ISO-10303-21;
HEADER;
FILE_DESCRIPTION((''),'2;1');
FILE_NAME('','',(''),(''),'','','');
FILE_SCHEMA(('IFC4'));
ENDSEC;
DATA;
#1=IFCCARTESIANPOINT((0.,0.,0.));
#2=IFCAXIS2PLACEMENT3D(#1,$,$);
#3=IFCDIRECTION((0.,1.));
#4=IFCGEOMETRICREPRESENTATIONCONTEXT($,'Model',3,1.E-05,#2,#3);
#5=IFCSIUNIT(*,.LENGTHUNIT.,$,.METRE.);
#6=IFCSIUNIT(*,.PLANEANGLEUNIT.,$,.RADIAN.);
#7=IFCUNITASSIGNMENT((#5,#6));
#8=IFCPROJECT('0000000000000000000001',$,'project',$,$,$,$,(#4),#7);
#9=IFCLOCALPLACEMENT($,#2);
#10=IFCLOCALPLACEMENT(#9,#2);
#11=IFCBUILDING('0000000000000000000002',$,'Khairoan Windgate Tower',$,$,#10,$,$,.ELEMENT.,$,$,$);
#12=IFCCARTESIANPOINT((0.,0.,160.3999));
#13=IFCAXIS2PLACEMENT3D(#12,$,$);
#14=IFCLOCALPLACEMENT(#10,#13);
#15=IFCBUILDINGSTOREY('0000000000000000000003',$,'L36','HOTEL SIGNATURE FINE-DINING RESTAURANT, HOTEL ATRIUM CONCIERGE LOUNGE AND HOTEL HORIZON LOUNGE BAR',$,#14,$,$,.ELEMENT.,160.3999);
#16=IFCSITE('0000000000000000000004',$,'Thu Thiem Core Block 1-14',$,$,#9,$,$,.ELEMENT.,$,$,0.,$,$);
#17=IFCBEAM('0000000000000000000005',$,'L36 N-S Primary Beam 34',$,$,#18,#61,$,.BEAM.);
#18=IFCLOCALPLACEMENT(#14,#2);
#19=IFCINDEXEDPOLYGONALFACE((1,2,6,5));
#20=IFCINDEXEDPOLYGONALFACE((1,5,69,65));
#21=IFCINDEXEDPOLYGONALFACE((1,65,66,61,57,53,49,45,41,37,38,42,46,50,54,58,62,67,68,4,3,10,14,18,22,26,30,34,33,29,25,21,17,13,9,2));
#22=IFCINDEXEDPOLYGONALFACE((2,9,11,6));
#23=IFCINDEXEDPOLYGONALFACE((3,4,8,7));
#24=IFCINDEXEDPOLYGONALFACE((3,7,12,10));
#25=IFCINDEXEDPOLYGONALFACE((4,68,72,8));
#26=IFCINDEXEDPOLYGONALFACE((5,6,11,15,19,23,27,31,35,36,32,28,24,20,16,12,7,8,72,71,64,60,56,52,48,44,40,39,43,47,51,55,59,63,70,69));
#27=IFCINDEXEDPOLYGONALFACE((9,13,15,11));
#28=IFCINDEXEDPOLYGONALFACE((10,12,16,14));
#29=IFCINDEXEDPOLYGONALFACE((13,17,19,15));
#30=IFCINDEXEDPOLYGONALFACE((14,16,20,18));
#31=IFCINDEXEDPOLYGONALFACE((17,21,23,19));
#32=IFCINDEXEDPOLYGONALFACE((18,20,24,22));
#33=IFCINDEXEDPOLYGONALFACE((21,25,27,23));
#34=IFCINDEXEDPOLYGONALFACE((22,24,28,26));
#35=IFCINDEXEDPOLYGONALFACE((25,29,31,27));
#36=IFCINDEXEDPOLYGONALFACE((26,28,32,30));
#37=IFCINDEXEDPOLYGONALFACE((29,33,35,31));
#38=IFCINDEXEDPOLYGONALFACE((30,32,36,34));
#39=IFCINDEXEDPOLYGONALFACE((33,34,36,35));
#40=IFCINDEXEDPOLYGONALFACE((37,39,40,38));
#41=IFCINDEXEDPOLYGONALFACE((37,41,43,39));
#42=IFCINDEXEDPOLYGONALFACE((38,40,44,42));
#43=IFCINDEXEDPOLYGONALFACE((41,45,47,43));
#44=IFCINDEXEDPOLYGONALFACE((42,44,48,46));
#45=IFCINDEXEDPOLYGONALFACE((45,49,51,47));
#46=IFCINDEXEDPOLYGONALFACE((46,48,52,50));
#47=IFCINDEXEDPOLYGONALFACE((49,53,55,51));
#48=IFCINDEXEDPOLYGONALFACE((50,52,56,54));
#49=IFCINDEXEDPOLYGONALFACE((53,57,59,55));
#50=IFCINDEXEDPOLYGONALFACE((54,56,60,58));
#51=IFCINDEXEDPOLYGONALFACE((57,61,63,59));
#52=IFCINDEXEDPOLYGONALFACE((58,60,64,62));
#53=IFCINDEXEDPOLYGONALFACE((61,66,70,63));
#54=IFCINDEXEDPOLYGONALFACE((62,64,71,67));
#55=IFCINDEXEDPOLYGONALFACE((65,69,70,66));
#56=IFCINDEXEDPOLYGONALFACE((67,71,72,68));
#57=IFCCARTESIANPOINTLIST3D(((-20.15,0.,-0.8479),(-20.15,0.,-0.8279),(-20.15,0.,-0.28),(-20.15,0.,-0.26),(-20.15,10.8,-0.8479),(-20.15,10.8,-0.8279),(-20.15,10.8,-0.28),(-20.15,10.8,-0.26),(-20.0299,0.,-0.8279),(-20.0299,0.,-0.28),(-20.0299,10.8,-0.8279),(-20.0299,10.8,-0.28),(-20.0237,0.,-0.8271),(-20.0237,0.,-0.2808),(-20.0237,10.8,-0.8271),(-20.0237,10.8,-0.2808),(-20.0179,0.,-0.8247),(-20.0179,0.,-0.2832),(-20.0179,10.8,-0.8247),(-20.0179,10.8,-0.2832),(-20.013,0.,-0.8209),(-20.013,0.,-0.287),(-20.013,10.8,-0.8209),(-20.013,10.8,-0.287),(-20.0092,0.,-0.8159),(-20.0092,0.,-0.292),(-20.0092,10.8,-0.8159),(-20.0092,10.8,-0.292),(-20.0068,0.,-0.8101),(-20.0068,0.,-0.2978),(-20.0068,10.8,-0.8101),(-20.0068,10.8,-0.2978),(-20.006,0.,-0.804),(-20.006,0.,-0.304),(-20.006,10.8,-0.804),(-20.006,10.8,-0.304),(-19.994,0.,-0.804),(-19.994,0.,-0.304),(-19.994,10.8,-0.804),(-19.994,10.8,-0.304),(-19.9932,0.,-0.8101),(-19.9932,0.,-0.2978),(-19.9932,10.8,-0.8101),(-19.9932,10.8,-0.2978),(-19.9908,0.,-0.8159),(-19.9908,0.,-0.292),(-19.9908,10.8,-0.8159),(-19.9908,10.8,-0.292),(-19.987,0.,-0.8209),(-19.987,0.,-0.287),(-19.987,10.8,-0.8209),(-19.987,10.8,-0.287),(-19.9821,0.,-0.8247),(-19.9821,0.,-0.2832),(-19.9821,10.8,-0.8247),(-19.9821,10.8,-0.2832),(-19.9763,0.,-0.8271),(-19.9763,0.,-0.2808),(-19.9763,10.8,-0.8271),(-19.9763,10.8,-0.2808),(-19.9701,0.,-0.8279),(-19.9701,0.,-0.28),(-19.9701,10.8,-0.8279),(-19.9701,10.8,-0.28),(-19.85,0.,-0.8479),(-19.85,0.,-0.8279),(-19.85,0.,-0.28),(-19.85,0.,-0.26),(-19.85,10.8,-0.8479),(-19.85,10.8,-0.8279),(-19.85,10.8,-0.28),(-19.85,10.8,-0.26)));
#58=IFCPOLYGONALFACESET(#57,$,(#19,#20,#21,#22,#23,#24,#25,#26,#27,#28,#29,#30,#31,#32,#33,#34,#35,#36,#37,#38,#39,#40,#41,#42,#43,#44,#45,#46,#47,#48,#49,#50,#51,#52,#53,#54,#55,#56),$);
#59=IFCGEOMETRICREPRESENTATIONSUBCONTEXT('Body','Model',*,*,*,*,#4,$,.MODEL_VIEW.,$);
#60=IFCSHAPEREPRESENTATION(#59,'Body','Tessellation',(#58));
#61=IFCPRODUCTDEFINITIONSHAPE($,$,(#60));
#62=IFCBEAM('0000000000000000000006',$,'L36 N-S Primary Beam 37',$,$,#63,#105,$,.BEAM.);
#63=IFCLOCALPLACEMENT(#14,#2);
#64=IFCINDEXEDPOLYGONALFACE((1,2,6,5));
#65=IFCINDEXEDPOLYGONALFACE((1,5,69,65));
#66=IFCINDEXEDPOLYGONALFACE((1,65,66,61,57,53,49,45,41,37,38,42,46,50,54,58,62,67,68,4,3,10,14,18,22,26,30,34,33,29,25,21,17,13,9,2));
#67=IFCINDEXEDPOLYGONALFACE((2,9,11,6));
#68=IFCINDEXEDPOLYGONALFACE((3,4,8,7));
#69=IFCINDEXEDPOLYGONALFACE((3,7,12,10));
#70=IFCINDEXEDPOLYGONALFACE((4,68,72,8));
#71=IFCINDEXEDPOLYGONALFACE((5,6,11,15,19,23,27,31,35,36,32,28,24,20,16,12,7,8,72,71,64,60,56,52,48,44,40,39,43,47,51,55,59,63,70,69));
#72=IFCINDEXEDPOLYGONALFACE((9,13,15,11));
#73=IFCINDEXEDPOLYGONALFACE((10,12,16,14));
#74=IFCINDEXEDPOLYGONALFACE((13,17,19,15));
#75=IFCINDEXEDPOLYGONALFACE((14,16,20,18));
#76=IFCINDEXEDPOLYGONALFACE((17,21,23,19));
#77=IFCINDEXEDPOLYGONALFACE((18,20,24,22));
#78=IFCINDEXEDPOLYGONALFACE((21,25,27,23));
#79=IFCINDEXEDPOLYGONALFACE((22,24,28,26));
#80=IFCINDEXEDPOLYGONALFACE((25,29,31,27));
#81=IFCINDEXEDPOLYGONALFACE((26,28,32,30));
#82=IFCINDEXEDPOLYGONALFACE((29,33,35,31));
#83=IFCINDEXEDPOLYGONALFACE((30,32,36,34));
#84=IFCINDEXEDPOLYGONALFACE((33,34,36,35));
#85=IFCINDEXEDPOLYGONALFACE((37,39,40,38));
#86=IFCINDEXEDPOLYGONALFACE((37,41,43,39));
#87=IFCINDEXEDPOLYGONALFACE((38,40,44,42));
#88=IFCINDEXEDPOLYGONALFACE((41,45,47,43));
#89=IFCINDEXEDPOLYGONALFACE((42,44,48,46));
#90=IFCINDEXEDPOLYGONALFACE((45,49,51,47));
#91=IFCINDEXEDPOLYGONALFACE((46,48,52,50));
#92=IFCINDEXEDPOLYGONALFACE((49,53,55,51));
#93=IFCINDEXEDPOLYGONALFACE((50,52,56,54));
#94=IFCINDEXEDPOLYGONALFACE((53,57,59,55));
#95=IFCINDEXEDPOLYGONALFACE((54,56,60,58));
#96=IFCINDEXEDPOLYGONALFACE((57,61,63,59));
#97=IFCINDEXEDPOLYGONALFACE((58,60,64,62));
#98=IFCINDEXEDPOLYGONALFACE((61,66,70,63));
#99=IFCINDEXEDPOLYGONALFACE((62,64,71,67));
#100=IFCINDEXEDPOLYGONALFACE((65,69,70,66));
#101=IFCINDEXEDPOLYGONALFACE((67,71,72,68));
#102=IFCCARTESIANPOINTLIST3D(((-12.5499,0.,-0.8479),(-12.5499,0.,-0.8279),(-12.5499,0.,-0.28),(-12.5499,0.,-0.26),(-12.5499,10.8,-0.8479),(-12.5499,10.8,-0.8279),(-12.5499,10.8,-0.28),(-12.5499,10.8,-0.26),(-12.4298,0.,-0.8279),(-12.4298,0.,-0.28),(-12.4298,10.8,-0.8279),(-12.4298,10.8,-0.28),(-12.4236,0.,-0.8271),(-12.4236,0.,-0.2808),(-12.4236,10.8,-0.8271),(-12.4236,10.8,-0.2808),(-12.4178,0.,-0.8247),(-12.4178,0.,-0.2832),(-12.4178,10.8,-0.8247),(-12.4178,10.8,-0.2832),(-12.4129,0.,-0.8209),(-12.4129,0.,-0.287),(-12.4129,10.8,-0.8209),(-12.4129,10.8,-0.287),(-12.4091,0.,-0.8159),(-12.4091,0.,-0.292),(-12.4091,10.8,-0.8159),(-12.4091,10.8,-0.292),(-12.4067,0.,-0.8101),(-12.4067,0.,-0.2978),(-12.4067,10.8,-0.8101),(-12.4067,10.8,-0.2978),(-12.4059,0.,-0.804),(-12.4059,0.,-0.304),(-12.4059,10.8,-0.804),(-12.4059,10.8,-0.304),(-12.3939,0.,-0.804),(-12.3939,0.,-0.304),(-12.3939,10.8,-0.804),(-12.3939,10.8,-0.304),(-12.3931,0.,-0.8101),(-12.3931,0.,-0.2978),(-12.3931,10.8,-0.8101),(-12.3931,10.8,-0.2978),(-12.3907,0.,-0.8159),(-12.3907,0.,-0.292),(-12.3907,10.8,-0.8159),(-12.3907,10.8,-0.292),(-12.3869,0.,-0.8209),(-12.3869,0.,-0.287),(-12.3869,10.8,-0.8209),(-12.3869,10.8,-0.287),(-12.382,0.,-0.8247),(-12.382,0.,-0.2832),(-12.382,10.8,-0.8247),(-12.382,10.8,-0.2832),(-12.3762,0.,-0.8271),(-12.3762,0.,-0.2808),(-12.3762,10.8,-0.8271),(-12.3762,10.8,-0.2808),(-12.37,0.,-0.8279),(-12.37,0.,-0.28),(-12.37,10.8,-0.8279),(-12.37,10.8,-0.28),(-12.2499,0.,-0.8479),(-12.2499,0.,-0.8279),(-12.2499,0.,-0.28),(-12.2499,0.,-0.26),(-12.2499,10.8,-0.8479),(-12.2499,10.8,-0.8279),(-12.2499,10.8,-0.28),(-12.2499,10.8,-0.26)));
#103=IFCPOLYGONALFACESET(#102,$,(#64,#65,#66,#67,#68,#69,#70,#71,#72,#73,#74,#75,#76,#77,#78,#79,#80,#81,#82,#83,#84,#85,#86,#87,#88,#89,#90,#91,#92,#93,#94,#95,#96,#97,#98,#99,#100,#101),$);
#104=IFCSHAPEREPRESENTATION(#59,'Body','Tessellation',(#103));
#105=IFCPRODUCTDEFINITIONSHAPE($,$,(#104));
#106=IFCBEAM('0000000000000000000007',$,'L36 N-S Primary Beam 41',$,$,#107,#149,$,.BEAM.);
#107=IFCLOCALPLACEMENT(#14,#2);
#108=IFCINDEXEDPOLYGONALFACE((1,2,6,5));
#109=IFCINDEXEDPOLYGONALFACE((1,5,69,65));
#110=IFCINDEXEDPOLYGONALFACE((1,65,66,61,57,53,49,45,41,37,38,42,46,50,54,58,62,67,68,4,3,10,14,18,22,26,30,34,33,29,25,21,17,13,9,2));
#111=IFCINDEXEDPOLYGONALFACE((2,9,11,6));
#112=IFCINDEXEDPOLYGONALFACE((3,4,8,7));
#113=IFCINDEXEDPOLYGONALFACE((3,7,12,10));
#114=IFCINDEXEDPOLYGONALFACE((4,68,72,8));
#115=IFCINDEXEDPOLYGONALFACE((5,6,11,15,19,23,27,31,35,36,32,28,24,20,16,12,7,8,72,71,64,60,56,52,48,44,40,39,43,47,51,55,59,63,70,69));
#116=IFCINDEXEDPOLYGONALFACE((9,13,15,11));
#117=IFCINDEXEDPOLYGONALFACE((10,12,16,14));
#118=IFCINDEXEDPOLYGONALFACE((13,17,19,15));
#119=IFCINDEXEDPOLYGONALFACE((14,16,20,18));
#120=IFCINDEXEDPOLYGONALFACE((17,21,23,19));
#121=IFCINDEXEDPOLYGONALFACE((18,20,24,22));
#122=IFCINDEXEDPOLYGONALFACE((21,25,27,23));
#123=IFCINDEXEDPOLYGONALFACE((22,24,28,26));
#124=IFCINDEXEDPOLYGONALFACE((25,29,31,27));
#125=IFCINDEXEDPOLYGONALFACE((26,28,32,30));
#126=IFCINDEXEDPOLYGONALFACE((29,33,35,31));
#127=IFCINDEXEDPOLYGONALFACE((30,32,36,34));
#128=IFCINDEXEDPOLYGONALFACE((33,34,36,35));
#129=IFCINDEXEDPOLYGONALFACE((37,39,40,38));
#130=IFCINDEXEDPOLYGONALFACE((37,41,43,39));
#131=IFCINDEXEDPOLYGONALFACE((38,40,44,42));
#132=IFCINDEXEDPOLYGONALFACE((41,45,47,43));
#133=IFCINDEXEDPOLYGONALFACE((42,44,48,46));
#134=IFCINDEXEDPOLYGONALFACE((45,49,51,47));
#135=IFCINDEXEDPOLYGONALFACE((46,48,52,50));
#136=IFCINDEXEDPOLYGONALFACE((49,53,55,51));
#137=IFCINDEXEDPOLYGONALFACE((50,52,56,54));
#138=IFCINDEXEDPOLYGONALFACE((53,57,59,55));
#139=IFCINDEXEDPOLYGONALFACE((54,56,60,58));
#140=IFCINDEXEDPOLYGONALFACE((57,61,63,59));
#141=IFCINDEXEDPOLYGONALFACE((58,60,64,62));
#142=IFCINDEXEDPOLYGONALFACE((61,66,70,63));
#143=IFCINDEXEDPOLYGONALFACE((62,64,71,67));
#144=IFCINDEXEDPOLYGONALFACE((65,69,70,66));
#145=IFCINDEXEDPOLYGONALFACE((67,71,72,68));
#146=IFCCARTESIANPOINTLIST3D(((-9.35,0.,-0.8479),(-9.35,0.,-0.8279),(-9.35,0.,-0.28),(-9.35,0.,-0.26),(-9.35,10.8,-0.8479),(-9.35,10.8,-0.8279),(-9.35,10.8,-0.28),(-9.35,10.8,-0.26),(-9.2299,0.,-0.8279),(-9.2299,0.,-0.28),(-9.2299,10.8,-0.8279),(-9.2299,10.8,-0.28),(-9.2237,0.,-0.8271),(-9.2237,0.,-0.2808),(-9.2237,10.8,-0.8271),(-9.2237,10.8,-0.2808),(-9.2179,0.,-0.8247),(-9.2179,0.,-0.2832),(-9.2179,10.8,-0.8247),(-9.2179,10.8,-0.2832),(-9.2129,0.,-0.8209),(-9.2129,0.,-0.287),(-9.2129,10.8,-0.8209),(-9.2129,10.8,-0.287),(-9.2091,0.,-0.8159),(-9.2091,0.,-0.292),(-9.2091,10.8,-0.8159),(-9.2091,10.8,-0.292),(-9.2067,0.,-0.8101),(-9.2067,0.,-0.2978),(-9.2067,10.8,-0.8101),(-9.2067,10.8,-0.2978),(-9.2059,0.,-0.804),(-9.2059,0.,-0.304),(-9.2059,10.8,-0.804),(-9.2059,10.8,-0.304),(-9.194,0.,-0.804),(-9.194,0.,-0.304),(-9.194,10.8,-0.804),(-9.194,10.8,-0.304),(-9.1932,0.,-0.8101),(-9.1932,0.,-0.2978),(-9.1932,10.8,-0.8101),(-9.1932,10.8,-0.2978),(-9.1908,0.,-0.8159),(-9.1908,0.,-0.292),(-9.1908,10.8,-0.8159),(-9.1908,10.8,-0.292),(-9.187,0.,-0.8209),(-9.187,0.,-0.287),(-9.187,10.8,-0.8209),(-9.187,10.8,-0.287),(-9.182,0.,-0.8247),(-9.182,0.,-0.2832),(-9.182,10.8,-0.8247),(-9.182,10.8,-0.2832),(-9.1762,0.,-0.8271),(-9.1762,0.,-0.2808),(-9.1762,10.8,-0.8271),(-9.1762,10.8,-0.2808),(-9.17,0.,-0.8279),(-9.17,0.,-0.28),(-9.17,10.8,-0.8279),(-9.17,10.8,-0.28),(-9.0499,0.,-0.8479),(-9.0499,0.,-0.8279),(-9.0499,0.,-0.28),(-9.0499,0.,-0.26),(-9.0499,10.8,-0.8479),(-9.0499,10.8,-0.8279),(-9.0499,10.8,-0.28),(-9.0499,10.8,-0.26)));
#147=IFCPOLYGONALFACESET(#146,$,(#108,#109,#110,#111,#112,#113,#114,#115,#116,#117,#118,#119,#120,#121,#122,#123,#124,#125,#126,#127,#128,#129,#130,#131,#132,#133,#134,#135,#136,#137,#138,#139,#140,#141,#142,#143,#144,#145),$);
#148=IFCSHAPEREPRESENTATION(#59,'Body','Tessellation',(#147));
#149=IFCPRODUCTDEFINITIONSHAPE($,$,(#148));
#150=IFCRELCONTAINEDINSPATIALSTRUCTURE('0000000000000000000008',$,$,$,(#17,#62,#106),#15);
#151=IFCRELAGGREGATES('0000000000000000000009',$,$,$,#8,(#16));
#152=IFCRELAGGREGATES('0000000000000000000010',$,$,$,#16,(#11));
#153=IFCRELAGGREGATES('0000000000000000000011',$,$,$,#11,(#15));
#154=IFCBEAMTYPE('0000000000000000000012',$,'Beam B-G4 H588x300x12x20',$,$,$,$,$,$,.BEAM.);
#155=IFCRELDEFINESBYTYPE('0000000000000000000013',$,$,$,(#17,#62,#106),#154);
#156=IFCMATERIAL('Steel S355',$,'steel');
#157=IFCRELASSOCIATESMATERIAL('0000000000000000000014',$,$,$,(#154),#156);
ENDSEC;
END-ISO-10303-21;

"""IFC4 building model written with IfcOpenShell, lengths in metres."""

from ifc_helpers import new_model, si_unit, direction, frame, origin, origin_2d, place, context, subcontext, project, spatial, i_section, extrude, material, material_profile, profile_set, type_object, element, save


model = new_model("IFC4")

# Units and contexts
model_context = context("Model", 3, precision=1e-05, world=origin(), true_north=direction((0.0, 1.0)))
body_context = subcontext(model_context, "Body", "Model", "MODEL_VIEW")
ifc_project = project(units=[si_unit("LENGTHUNIT", "METRE"), si_unit("PLANEANGLEUNIT", "RADIAN")], contexts=[model_context])

# Site, building, storey
site_placement = place(None, origin())
site = spatial("IfcSite", under=ifc_project, at=site_placement, Name="Thu Thiem Core Block 1-14", CompositionType="ELEMENT", RefElevation=0.0)
building_placement = place(site_placement, origin())
building = spatial("IfcBuilding", under=site, at=building_placement, Name="Khairoan Windgate Tower", CompositionType="ELEMENT")
storey_placement = place(building_placement, frame((0.0, 0.0, 160.3999)))
storey = spatial("IfcBuildingStorey", under=building, at=storey_placement, Name="L36", Description="HOTEL SIGNATURE FINE-DINING RESTAURANT, HOTEL ATRIUM CONCIERGE LOUNGE AND HOTEL HORIZON LOUNGE BAR", CompositionType="ELEMENT", Elevation=160.3999)

# Beams
ifc_material_1 = material(Name="Steel S355", Category="steel")
ifc_material_profile_1 = material_profile(ifc_material_1, i_section(OverallWidth=0.3, OverallDepth=0.5879, WebThickness=0.012, FlangeThickness=0.02, FilletRadius=0.0239, at=origin_2d()))
ifc_profile_set_1 = profile_set([ifc_material_profile_1], Name="Steel S355")
beam_type_1 = type_object("IfcBeamType", Name="Beam B-G4 H588x300x12x20", PredefinedType="BEAM", material=ifc_profile_set_1)
for number, where, z_axis, x_axis, name in (
    (1, (-20.0, 0.0, -0.554), (0.0, 1.0, 0.0), (-1.0, 0.0, 0.0), "L36 N-S Primary Beam 34"),
    (2, (-12.3999, 0.0, -0.554), (0.0, 1.0, 0.0), (-1.0, 0.0, 0.0), "L36 N-S Primary Beam 37"),
    (3, (-9.2, 0.0, -0.554), (0.0, 1.0, 0.0), (-1.0, 0.0, 0.0), "L36 N-S Primary Beam 41"),
):
    element("IfcBeam", number, at=place(storey_placement, frame(where, z_axis=z_axis, x_axis=x_axis)), inside=storey, type_object=beam_type_1, Name=name, PredefinedType="BEAM", context=body_context, shape_type="SweptSolid", body=[
        extrude(i_section(OverallWidth=0.3, OverallDepth=0.5879, WebThickness=0.012, FlangeThickness=0.02, FilletRadius=0.0239, at=origin_2d()), origin(), (0.0, 0.0, 1.0), 10.8),
    ])

save(model, "model.ifc")
